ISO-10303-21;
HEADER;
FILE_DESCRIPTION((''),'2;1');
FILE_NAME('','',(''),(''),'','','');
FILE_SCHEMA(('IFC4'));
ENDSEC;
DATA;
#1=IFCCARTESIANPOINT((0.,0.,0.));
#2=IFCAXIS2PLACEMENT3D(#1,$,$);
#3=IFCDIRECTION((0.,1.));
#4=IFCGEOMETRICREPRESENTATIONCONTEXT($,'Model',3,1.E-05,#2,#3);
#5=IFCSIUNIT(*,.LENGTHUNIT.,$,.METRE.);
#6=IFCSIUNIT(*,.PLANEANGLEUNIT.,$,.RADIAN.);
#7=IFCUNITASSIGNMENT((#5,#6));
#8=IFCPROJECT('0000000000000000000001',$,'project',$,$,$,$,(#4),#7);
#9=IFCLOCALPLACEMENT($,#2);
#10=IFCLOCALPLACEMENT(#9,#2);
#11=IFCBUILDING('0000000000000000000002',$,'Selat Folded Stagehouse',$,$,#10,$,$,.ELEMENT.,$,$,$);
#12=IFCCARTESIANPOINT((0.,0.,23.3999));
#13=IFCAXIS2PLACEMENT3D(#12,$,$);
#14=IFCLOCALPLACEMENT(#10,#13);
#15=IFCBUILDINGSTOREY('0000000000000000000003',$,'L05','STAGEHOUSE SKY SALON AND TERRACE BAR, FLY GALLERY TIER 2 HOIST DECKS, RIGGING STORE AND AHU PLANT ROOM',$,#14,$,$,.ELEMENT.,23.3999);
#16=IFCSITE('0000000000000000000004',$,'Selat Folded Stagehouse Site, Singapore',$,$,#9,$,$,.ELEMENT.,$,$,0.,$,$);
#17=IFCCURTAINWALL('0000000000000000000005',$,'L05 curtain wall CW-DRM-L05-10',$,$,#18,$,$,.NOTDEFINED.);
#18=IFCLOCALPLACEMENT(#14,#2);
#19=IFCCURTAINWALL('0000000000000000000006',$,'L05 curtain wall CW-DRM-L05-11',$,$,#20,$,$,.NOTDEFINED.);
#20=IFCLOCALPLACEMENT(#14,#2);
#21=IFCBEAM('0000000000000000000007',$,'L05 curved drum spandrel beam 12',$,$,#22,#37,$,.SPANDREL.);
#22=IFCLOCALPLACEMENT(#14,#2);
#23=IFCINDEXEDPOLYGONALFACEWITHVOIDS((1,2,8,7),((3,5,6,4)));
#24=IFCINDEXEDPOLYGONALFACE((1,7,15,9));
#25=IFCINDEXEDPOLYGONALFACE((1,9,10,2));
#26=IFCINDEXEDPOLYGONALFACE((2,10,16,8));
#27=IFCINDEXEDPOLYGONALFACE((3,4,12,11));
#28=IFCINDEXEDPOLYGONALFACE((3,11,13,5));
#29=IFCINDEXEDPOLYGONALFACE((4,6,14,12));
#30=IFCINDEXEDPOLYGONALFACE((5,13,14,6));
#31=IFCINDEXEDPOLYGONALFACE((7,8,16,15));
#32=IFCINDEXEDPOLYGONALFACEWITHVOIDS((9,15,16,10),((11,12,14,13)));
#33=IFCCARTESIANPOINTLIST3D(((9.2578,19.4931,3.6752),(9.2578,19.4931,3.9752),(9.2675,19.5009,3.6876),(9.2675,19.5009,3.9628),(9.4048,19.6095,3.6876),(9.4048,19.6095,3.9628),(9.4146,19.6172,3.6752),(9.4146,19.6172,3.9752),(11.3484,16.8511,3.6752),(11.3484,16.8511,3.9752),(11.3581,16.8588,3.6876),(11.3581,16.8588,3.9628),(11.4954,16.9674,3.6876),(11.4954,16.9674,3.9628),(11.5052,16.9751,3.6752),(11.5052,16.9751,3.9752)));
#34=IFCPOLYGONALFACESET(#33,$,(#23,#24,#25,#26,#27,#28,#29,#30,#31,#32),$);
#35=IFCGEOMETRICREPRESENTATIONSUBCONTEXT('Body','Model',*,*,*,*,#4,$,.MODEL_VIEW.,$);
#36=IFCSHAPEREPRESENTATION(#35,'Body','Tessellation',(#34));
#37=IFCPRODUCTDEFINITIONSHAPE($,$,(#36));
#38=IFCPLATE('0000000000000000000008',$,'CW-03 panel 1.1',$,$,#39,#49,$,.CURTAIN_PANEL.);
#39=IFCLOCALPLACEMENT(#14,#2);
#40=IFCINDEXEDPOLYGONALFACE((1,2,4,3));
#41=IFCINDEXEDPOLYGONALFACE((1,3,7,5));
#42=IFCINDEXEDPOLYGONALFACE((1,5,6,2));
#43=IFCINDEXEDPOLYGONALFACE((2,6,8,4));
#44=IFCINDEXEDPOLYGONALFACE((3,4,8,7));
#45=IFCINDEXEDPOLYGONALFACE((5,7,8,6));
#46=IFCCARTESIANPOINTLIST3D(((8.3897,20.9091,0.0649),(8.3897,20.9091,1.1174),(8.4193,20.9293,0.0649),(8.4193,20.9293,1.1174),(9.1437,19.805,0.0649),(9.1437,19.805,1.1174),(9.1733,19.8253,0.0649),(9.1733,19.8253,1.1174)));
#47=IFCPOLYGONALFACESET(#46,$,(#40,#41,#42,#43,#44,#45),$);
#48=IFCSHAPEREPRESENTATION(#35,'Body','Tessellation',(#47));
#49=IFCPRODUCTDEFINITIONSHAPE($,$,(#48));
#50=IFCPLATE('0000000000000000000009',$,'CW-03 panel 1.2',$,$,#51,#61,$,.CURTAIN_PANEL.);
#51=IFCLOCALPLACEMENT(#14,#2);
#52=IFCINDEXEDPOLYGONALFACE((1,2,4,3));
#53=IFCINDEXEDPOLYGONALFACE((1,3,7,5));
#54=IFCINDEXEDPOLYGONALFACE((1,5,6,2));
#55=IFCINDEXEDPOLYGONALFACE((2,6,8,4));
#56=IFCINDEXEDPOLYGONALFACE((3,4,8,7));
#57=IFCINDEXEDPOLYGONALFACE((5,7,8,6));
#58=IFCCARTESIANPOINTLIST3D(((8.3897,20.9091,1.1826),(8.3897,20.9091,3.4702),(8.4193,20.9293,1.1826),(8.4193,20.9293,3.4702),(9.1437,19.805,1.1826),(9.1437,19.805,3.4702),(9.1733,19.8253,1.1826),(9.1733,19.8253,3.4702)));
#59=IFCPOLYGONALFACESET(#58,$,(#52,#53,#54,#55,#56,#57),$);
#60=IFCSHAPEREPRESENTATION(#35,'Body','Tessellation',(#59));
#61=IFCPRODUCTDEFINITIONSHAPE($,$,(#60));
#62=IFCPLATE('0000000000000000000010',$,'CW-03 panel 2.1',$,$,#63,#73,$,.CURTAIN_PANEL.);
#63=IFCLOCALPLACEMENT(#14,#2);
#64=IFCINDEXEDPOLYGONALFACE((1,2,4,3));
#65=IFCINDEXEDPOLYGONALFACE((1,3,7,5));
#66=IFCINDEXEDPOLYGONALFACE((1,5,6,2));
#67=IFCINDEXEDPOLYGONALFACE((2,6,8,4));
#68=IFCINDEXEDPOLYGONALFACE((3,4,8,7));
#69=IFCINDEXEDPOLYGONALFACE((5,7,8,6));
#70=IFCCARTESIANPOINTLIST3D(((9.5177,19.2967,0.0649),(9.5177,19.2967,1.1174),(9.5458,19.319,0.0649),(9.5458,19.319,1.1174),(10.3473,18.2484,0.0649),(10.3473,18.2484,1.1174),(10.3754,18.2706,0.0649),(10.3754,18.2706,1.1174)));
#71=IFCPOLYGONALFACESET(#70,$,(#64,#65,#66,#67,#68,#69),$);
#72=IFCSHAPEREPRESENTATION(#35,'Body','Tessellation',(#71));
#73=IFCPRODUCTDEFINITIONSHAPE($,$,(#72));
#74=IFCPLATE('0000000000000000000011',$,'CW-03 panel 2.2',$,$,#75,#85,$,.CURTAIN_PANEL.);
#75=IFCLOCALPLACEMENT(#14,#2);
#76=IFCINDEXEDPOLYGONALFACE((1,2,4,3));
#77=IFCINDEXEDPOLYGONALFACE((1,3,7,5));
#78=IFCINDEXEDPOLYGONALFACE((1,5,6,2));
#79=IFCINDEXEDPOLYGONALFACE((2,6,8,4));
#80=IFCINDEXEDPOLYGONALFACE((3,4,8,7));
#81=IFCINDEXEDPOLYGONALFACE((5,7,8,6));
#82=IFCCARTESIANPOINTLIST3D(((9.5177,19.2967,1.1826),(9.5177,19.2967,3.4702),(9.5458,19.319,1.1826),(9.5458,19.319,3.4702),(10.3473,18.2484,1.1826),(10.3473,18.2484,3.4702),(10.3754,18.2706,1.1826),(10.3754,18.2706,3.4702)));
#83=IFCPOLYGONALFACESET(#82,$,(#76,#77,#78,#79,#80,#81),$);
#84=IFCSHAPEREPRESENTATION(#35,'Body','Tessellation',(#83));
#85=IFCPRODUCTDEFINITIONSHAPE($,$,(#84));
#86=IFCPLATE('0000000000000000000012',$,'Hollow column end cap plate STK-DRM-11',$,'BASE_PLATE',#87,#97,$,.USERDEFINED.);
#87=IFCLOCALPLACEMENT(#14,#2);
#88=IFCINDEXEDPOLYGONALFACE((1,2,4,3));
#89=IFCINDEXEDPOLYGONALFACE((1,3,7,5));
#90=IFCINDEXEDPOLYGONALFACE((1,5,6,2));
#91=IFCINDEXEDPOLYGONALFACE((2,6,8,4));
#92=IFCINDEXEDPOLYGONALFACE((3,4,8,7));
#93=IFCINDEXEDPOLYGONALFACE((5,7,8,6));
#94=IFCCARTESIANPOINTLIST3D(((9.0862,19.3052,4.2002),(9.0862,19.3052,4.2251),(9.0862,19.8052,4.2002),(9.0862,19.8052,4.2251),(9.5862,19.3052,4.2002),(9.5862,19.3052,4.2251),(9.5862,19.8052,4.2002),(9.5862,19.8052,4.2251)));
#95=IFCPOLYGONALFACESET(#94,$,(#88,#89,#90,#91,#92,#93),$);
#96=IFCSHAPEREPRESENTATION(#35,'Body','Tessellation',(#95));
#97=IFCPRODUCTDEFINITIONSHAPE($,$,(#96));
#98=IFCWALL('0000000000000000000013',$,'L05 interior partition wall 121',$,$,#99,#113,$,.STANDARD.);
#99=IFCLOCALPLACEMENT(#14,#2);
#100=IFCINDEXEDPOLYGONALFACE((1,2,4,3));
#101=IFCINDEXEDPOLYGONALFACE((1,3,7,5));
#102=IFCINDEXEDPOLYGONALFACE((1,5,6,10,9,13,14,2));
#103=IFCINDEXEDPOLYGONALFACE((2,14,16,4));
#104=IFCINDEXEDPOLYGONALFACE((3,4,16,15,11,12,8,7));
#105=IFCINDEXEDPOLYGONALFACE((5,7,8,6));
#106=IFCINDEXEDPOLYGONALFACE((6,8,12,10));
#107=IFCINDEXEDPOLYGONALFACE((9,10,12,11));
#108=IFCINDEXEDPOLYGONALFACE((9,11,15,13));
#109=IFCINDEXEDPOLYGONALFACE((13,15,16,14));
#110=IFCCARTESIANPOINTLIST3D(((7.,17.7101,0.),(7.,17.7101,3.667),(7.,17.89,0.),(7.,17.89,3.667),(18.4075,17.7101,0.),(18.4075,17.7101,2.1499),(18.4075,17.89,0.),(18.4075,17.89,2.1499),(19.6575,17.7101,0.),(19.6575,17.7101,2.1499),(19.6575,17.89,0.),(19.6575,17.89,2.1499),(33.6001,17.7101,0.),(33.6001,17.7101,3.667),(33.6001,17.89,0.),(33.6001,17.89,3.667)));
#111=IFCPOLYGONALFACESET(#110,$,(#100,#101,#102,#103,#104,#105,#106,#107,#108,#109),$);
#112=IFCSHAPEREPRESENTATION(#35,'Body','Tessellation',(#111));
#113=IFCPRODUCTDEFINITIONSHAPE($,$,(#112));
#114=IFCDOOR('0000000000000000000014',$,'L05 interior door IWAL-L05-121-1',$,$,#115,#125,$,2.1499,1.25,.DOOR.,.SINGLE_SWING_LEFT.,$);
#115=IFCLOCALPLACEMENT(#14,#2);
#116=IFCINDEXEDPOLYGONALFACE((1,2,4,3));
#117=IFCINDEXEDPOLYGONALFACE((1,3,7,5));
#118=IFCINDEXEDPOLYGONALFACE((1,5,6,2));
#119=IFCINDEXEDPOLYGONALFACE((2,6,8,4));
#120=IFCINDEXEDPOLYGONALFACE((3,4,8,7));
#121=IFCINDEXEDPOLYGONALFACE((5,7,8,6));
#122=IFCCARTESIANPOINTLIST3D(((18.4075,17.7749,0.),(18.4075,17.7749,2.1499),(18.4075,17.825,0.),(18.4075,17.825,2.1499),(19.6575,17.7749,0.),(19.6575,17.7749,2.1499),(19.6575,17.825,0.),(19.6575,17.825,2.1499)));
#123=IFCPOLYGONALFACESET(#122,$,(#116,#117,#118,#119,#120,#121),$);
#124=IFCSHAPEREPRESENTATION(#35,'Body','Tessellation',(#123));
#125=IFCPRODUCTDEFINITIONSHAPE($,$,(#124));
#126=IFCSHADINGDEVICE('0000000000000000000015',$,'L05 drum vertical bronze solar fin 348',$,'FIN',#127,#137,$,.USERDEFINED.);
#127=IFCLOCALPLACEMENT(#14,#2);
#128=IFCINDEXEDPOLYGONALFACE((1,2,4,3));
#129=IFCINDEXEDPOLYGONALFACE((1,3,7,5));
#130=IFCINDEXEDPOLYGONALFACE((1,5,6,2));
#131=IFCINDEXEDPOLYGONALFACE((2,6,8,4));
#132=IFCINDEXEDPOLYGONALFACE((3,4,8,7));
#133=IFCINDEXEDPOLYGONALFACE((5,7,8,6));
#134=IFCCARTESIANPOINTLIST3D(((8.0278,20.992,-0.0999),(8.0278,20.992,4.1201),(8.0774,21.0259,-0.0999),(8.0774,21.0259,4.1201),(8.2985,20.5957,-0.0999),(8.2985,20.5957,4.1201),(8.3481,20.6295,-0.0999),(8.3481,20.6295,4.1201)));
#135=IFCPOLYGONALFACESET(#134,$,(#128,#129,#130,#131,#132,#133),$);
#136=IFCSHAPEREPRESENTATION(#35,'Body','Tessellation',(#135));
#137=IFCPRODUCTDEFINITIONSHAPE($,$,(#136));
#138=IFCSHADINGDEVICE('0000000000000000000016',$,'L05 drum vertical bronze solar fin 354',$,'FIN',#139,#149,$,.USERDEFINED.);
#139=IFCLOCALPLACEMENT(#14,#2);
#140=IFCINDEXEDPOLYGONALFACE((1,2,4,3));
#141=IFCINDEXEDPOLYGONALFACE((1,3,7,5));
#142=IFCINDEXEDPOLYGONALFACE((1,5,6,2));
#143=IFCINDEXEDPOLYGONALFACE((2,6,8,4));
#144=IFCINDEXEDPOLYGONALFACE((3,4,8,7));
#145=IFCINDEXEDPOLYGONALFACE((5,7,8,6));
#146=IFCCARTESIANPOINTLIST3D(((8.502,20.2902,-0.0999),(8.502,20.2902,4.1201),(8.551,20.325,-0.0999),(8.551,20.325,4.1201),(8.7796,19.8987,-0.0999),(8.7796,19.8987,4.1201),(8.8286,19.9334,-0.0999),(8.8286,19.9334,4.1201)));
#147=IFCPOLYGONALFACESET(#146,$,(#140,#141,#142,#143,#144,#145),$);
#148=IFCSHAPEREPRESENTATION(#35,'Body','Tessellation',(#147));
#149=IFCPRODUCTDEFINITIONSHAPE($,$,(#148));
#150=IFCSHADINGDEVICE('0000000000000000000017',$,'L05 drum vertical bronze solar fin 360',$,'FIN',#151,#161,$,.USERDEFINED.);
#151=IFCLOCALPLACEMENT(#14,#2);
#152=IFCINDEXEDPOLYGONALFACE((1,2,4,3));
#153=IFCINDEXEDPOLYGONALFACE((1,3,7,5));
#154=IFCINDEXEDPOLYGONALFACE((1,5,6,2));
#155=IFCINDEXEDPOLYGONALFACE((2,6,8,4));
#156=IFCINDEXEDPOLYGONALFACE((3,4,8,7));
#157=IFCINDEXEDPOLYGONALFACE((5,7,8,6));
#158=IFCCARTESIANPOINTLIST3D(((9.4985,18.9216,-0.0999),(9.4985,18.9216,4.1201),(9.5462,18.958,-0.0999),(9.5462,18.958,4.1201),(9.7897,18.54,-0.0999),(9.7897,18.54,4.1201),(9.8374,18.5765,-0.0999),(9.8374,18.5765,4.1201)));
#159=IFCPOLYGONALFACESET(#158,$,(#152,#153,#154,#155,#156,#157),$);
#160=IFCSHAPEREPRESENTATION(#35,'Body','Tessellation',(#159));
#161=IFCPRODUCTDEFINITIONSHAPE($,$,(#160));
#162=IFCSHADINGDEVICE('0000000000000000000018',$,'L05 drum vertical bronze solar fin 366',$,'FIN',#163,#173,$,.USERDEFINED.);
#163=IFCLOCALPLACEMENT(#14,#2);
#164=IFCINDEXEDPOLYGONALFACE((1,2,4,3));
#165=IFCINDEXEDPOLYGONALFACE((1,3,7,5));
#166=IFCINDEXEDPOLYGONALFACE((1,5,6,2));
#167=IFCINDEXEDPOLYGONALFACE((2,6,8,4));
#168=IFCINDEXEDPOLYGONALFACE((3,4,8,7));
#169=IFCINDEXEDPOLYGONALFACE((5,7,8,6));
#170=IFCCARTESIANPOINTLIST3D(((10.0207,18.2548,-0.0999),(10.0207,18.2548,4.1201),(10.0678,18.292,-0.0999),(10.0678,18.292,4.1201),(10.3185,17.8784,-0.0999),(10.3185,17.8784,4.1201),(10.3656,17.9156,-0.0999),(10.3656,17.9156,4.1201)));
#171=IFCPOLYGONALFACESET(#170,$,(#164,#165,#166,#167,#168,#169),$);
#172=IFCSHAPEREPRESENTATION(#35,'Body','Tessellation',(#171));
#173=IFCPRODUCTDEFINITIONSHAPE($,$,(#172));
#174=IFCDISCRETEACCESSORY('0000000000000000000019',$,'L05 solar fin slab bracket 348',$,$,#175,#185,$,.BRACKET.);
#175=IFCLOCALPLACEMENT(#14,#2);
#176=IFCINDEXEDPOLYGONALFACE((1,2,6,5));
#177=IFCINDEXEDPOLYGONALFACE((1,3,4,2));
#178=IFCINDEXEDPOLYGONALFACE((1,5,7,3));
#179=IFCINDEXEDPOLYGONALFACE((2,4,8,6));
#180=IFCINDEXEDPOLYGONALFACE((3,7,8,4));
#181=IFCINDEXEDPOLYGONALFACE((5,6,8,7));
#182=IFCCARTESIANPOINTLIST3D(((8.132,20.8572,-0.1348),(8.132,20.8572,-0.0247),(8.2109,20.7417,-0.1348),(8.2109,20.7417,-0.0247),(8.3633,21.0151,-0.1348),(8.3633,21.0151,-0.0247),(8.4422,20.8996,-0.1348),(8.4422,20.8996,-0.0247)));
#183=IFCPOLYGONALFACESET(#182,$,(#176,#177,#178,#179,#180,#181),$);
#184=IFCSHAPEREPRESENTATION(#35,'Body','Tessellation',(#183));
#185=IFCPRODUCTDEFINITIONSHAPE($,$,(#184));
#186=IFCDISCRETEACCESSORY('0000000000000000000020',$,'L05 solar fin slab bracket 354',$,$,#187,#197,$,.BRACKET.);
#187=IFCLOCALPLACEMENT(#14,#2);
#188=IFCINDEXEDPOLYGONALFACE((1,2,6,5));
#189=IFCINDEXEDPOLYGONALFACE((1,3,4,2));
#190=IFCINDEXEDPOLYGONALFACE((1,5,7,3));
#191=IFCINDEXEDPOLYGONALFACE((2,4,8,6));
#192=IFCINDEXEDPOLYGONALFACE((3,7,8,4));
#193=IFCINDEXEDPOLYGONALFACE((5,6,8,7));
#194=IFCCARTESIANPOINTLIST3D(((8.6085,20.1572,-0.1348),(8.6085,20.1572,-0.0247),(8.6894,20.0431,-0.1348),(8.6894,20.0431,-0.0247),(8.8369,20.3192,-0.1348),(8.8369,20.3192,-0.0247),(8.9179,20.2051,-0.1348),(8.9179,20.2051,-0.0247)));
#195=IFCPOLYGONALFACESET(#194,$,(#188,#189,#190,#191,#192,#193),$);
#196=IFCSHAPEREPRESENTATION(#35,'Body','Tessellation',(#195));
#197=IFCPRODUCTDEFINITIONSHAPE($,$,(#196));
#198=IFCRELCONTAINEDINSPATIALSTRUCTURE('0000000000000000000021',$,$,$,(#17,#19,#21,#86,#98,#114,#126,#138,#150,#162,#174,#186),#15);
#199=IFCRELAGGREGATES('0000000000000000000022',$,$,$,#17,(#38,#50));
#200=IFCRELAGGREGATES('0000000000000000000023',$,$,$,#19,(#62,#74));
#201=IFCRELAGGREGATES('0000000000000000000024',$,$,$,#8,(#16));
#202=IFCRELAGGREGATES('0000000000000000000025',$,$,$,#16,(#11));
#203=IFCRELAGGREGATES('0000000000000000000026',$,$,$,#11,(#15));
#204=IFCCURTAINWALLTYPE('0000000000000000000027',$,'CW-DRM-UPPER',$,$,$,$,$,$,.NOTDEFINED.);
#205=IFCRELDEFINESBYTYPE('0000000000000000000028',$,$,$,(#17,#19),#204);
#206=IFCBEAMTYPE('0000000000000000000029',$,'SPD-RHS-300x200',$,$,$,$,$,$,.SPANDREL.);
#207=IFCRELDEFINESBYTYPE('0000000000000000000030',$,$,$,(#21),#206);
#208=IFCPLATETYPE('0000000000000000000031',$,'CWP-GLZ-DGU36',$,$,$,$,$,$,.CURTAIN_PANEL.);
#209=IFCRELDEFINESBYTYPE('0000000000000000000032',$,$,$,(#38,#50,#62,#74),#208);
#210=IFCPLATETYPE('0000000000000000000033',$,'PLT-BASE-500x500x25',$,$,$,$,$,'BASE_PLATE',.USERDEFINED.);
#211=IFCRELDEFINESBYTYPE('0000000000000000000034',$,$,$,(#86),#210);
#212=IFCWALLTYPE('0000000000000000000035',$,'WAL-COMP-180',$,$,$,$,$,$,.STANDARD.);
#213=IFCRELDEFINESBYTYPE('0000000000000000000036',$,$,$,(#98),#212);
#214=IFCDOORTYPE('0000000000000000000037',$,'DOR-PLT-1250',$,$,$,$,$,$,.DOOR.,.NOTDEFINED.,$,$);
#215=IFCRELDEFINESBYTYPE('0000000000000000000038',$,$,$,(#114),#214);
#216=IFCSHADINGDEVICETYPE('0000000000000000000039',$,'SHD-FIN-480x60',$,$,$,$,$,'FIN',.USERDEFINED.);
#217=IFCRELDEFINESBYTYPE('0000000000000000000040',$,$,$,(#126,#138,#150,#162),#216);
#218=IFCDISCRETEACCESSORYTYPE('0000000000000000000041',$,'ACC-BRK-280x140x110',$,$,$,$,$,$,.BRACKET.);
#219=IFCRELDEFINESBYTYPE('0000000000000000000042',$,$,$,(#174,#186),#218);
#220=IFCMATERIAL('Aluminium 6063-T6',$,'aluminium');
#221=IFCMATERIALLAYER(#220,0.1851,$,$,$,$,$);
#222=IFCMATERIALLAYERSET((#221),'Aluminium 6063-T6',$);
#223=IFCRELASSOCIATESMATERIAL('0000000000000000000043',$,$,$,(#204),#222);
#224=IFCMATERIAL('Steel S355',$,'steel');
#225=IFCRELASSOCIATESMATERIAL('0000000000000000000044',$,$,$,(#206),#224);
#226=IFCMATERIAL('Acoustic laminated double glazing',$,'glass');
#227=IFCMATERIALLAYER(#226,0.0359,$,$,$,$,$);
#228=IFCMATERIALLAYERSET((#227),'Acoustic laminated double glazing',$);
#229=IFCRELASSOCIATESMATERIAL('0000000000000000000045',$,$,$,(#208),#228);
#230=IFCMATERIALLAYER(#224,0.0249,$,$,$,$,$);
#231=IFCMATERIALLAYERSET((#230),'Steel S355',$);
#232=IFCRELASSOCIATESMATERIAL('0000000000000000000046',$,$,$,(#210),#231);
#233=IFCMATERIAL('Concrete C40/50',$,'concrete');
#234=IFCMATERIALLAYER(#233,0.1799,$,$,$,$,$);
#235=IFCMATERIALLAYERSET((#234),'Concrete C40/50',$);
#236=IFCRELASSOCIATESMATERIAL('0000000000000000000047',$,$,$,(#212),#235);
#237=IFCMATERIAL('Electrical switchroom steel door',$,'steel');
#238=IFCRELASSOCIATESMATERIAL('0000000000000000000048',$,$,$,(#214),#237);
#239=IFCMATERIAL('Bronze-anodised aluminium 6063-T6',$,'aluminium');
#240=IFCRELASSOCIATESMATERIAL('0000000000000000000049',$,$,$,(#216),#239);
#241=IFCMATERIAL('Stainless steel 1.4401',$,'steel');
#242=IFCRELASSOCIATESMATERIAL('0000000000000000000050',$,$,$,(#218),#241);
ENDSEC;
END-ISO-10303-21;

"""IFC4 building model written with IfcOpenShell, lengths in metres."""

from ifc_helpers import new_model, si_unit, direction, frame, frame_2d, origin, origin_2d, place, context, subcontext, project, spatial, rectangle, hollow_rectangle, extrude, material, layer, layer_set, material_profile, profile_set, type_object, element, fill, aggregate, save


model = new_model("IFC4")

# Units and contexts
model_context = context("Model", 3, precision=1e-05, world=origin(), true_north=direction((0.0, 1.0)))
body_context = subcontext(model_context, "Body", "Model", "MODEL_VIEW")
ifc_project = project(units=[si_unit("LENGTHUNIT", "METRE"), si_unit("PLANEANGLEUNIT", "RADIAN")], contexts=[model_context])

# Site, building, storey
site_placement = place(None, origin())
site = spatial("IfcSite", under=ifc_project, at=site_placement, Name="Selat Folded Stagehouse Site, Singapore", CompositionType="ELEMENT", RefElevation=0.0)
building_placement = place(site_placement, origin())
building = spatial("IfcBuilding", under=site, at=building_placement, Name="Selat Folded Stagehouse", CompositionType="ELEMENT")
storey_placement = place(building_placement, frame((0.0, 0.0, 23.3999)))
storey = spatial("IfcBuildingStorey", under=building, at=storey_placement, Name="L05", Description="STAGEHOUSE SKY SALON AND TERRACE BAR, FLY GALLERY TIER 2 HOIST DECKS, RIGGING STORE AND AHU PLANT ROOM", CompositionType="ELEMENT", Elevation=23.3999)

# Shared definitions
ifc_material_1 = material(Name="Steel S355", Category="steel")

# Curtain wall
ifc_material_2 = material(Name="Aluminium 6063-T6", Category="aluminium")
ifc_layer_1 = layer(ifc_material_2, 0.1851)
ifc_layer_set_1 = layer_set([ifc_layer_1], Name="Aluminium 6063-T6")
curtain_wall_type = type_object("IfcCurtainWallType", Name="CW-DRM-UPPER", PredefinedType="NOTDEFINED", material=ifc_layer_set_1)
curtain_wall_1_placement = place(storey_placement, origin())
curtain_wall_1 = element("IfcCurtainWall", 1, at=curtain_wall_1_placement, inside=storey, type_object=curtain_wall_type, Name="L05 curtain wall CW-DRM-L05-10", PredefinedType="NOTDEFINED")

# Curtain wall
curtain_wall_2_placement = place(storey_placement, origin())
curtain_wall_2 = element("IfcCurtainWall", 2, at=curtain_wall_2_placement, inside=storey, type_object=curtain_wall_type, Name="L05 curtain wall CW-DRM-L05-11", PredefinedType="NOTDEFINED")

# Beam
ifc_material_profile_1 = material_profile(ifc_material_1, hollow_rectangle(XDim=0.2, YDim=0.3, WallThickness=0.0125, at=origin_2d()), Name="RHS 300x200x12.5")
ifc_profile_set_1 = profile_set([ifc_material_profile_1], Name="Steel S355")
beam_type = type_object("IfcBeamType", Name="SPD-RHS-300x200", PredefinedType="SPANDREL", material=ifc_profile_set_1)
beam_placement = place(storey_placement, frame((9.3362, 19.5552, 3.8252), z_axis=(0.620506, -0.784202, 0.0), x_axis=(0.784202, 0.620506, 0.0)))
element("IfcBeam", 3, at=beam_placement, inside=storey, type_object=beam_type, Name="L05 curved drum spandrel beam 12", PredefinedType="SPANDREL", context=body_context, shape_type="SweptSolid", body=[
    extrude(hollow_rectangle(XDim=0.2, YDim=0.3, WallThickness=0.0125, at=origin_2d()), origin(), (0.0, 0.0, 1.0), 3.3691),
])

# Plates
ifc_material_3 = material(Name="Acoustic laminated double glazing", Category="glass")
ifc_layer_2 = layer(ifc_material_3, 0.0359)
ifc_layer_set_2 = layer_set([ifc_layer_2], Name="Acoustic laminated double glazing")
plate_type_1 = type_object("IfcPlateType", Name="CWP-GLZ-DGU36", PredefinedType="CURTAIN_PANEL", material=ifc_layer_set_2)
plate_1_placement = place(storey_placement, frame((8.7815, 20.3672, 0.0649), z_axis=(0.0, 0.0, 1.0), x_axis=(-0.563948, 0.82581, 0.0)))
plate_1 = element("IfcPlate", 4, at=plate_1_placement, type_object=plate_type_1, Name="CW-03 panel 1.1", PredefinedType="CURTAIN_PANEL", context=body_context, shape_type="SweptSolid", body=[
    extrude(rectangle(XDim=1.3369, YDim=0.0359, at=origin_2d()), origin(), (0.0, 0.0, 1.0), 1.0525),
])
plate_2_placement = place(storey_placement, frame((8.7815, 20.3672, 1.1826), z_axis=(0.0, 0.0, 1.0), x_axis=(-0.563948, 0.82581, 0.0)))
plate_2 = element("IfcPlate", 5, at=plate_2_placement, type_object=plate_type_1, Name="CW-03 panel 1.2", PredefinedType="CURTAIN_PANEL", context=body_context, shape_type="SweptSolid", body=[
    extrude(rectangle(XDim=1.3369, YDim=0.0359, at=origin_2d()), origin(), (0.0, 0.0, 1.0), 2.2876),
])
aggregate(curtain_wall_1, [plate_1, plate_2])
plate_3_placement = place(storey_placement, frame((9.9465, 18.7837, 0.0649), z_axis=(0.0, 0.0, 1.0), x_axis=(-0.620533, 0.78418, 0.0)))
plate_3 = element("IfcPlate", 6, at=plate_3_placement, type_object=plate_type_1, Name="CW-03 panel 2.1", PredefinedType="CURTAIN_PANEL", context=body_context, shape_type="SweptSolid", body=[
    extrude(rectangle(XDim=1.3369, YDim=0.0359, at=origin_2d()), origin(), (0.0, 0.0, 1.0), 1.0525),
])
plate_4_placement = place(storey_placement, frame((9.9465, 18.7837, 1.1826), z_axis=(0.0, 0.0, 1.0), x_axis=(-0.620533, 0.78418, 0.0)))
plate_4 = element("IfcPlate", 7, at=plate_4_placement, type_object=plate_type_1, Name="CW-03 panel 2.2", PredefinedType="CURTAIN_PANEL", context=body_context, shape_type="SweptSolid", body=[
    extrude(rectangle(XDim=1.3369, YDim=0.0359, at=origin_2d()), origin(), (0.0, 0.0, 1.0), 2.2876),
])
aggregate(curtain_wall_2, [plate_3, plate_4])
ifc_layer_3 = layer(ifc_material_1, 0.0249)
ifc_layer_set_3 = layer_set([ifc_layer_3], Name="Steel S355")
plate_type_2 = type_object("IfcPlateType", Name="PLT-BASE-500x500x25", ElementType="BASE_PLATE", PredefinedType="USERDEFINED", material=ifc_layer_set_3)
plate_5_placement = place(storey_placement, frame((9.3362, 19.5552, 4.2002), z_axis=(0.0, 0.0, 1.0), x_axis=(1.0, 0.0, 0.0)))
element("IfcPlate", 8, at=plate_5_placement, inside=storey, type_object=plate_type_2, Name="Hollow column end cap plate STK-DRM-11", ObjectType="BASE_PLATE", PredefinedType="USERDEFINED", context=body_context, shape_type="SweptSolid", body=[
    extrude(rectangle(XDim=0.5, YDim=0.5, at=origin_2d()), origin(), (0.0, 0.0, 1.0), 0.0249),
])

# Wall, opening, door
ifc_material_4 = material(Name="Concrete C40/50", Category="concrete")
ifc_layer_4 = layer(ifc_material_4, 0.1799)
ifc_layer_set_4 = layer_set([ifc_layer_4], Name="Concrete C40/50")
wall_type = type_object("IfcWallType", Name="WAL-COMP-180", PredefinedType="STANDARD", material=ifc_layer_set_4)
wall_placement = place(storey_placement, frame((7.0, 17.8, 0.0), z_axis=(0.0, 0.0, 1.0), x_axis=(1.0, 0.0, 0.0)))
wall = element("IfcWall", 9, at=wall_placement, inside=storey, type_object=wall_type, Name="L05 interior partition wall 121", PredefinedType="STANDARD", context=body_context, shape_type="SweptSolid", body=[
    extrude(rectangle(XDim=26.6001, YDim=0.1799, at=frame_2d((13.3, 0.0))), origin(), (0.0, 0.0, 1.0), 3.667),
])
opening_placement = place(wall_placement, frame((11.4075, 0.0, 0.0)))
opening = element("IfcOpeningElement", 10, at=opening_placement, cuts=wall, PredefinedType="OPENING", context=body_context, shape_type="SweptSolid", body=[
    extrude(rectangle(XDim=1.25, YDim=2.1499, at=frame_2d((0.625, 1.075))), frame((0.0, 0.0999, 0.0), z_axis=(0.0, -1.0, 0.0), x_axis=(1.0, 0.0, 0.0)), (0.0, 0.0, 1.0), 0.2),
])
ifc_material_5 = material(Name="Electrical switchroom steel door", Category="steel")
door_type = type_object("IfcDoorType", Name="DOR-PLT-1250", OperationType="NOTDEFINED", PredefinedType="DOOR", material=ifc_material_5)
door_placement = place(opening_placement, origin())
door = element("IfcDoor", 11, at=door_placement, inside=storey, type_object=door_type, Name="L05 interior door IWAL-L05-121-1", OperationType="SINGLE_SWING_LEFT", OverallHeight=2.1499, OverallWidth=1.25, PredefinedType="DOOR", context=body_context, shape_type="SweptSolid", body=[
    extrude(rectangle(XDim=1.25, YDim=2.1499, at=frame_2d((0.625, 1.075))), frame((0.0, 0.0249, 0.0), z_axis=(0.0, -1.0, 0.0), x_axis=(1.0, 0.0, 0.0)), (0.0, 0.0, 1.0), 0.05),
])
fill(opening, door)

# Shading devices
ifc_material_6 = material(Name="Bronze-anodised aluminium 6063-T6", Category="aluminium")
ifc_material_profile_2 = material_profile(ifc_material_6, rectangle(XDim=0.0601, YDim=0.48, at=origin_2d()), Name="SOLAR-FIN 480x60")
ifc_profile_set_2 = profile_set([ifc_material_profile_2], Name="Bronze-anodised aluminium 6063-T6")
shading_device_type = type_object("IfcShadingDeviceType", Name="SHD-FIN-480x60", ElementType="FIN", PredefinedType="USERDEFINED", material=ifc_profile_set_2)
for number, where, z_axis, x_axis, name in (
    (12, (8.188, 20.8108, -0.0999), (0.0, 0.0, 1.0), (-0.825803, -0.563959, 0.0), "L05 drum vertical bronze solar fin 348"),
    (13, (8.6653, 20.1118, -0.0999), (0.0, 0.0, 1.0), (-0.815734, -0.578427, 0.0), "L05 drum vertical bronze solar fin 354"),
    (14, (9.668, 18.749, -0.0999), (0.0, 0.0, 1.0), (-0.794944, -0.606682, 0.0), "L05 drum vertical bronze solar fin 360"),
    (15, (10.1931, 18.0852, -0.0999), (0.0, 0.0, 1.0), (-0.784235, -0.620464, 0.0), "L05 drum vertical bronze solar fin 366"),
):
    element("IfcShadingDevice", number, at=place(storey_placement, frame(where, z_axis=z_axis, x_axis=x_axis)), inside=storey, type_object=shading_device_type, Name=name, ObjectType="FIN", PredefinedType="USERDEFINED", context=body_context, shape_type="SweptSolid", body=[
        extrude(rectangle(XDim=0.0601, YDim=0.48, at=origin_2d()), origin(), (0.0, 0.0, 1.0), 4.22),
    ])

# Discrete accessories
ifc_material_7 = material(Name="Stainless steel 1.4401", Category="steel")
discrete_accessory_type = type_object("IfcDiscreteAccessoryType", Name="ACC-BRK-280x140x110", PredefinedType="BRACKET", material=ifc_material_7)
for number, where, z_axis, x_axis, name in (
    (16, (8.2871, 20.8784, -0.1348), (0.0, 0.0, 1.0), (-0.825803, -0.563959, 0.0), "L05 solar fin slab bracket 348"),
    (17, (8.7632, 20.1812, -0.1348), (0.0, 0.0, 1.0), (-0.815734, -0.578427, 0.0), "L05 solar fin slab bracket 354"),
):
    element("IfcDiscreteAccessory", number, at=place(storey_placement, frame(where, z_axis=z_axis, x_axis=x_axis)), inside=storey, type_object=discrete_accessory_type, Name=name, PredefinedType="BRACKET", context=body_context, shape_type="SweptSolid", body=[
        extrude(rectangle(XDim=0.28, YDim=0.1399, at=origin_2d()), origin(), (0.0, 0.0, 1.0), 0.1101),
    ])

save(model, "model.ifc")
